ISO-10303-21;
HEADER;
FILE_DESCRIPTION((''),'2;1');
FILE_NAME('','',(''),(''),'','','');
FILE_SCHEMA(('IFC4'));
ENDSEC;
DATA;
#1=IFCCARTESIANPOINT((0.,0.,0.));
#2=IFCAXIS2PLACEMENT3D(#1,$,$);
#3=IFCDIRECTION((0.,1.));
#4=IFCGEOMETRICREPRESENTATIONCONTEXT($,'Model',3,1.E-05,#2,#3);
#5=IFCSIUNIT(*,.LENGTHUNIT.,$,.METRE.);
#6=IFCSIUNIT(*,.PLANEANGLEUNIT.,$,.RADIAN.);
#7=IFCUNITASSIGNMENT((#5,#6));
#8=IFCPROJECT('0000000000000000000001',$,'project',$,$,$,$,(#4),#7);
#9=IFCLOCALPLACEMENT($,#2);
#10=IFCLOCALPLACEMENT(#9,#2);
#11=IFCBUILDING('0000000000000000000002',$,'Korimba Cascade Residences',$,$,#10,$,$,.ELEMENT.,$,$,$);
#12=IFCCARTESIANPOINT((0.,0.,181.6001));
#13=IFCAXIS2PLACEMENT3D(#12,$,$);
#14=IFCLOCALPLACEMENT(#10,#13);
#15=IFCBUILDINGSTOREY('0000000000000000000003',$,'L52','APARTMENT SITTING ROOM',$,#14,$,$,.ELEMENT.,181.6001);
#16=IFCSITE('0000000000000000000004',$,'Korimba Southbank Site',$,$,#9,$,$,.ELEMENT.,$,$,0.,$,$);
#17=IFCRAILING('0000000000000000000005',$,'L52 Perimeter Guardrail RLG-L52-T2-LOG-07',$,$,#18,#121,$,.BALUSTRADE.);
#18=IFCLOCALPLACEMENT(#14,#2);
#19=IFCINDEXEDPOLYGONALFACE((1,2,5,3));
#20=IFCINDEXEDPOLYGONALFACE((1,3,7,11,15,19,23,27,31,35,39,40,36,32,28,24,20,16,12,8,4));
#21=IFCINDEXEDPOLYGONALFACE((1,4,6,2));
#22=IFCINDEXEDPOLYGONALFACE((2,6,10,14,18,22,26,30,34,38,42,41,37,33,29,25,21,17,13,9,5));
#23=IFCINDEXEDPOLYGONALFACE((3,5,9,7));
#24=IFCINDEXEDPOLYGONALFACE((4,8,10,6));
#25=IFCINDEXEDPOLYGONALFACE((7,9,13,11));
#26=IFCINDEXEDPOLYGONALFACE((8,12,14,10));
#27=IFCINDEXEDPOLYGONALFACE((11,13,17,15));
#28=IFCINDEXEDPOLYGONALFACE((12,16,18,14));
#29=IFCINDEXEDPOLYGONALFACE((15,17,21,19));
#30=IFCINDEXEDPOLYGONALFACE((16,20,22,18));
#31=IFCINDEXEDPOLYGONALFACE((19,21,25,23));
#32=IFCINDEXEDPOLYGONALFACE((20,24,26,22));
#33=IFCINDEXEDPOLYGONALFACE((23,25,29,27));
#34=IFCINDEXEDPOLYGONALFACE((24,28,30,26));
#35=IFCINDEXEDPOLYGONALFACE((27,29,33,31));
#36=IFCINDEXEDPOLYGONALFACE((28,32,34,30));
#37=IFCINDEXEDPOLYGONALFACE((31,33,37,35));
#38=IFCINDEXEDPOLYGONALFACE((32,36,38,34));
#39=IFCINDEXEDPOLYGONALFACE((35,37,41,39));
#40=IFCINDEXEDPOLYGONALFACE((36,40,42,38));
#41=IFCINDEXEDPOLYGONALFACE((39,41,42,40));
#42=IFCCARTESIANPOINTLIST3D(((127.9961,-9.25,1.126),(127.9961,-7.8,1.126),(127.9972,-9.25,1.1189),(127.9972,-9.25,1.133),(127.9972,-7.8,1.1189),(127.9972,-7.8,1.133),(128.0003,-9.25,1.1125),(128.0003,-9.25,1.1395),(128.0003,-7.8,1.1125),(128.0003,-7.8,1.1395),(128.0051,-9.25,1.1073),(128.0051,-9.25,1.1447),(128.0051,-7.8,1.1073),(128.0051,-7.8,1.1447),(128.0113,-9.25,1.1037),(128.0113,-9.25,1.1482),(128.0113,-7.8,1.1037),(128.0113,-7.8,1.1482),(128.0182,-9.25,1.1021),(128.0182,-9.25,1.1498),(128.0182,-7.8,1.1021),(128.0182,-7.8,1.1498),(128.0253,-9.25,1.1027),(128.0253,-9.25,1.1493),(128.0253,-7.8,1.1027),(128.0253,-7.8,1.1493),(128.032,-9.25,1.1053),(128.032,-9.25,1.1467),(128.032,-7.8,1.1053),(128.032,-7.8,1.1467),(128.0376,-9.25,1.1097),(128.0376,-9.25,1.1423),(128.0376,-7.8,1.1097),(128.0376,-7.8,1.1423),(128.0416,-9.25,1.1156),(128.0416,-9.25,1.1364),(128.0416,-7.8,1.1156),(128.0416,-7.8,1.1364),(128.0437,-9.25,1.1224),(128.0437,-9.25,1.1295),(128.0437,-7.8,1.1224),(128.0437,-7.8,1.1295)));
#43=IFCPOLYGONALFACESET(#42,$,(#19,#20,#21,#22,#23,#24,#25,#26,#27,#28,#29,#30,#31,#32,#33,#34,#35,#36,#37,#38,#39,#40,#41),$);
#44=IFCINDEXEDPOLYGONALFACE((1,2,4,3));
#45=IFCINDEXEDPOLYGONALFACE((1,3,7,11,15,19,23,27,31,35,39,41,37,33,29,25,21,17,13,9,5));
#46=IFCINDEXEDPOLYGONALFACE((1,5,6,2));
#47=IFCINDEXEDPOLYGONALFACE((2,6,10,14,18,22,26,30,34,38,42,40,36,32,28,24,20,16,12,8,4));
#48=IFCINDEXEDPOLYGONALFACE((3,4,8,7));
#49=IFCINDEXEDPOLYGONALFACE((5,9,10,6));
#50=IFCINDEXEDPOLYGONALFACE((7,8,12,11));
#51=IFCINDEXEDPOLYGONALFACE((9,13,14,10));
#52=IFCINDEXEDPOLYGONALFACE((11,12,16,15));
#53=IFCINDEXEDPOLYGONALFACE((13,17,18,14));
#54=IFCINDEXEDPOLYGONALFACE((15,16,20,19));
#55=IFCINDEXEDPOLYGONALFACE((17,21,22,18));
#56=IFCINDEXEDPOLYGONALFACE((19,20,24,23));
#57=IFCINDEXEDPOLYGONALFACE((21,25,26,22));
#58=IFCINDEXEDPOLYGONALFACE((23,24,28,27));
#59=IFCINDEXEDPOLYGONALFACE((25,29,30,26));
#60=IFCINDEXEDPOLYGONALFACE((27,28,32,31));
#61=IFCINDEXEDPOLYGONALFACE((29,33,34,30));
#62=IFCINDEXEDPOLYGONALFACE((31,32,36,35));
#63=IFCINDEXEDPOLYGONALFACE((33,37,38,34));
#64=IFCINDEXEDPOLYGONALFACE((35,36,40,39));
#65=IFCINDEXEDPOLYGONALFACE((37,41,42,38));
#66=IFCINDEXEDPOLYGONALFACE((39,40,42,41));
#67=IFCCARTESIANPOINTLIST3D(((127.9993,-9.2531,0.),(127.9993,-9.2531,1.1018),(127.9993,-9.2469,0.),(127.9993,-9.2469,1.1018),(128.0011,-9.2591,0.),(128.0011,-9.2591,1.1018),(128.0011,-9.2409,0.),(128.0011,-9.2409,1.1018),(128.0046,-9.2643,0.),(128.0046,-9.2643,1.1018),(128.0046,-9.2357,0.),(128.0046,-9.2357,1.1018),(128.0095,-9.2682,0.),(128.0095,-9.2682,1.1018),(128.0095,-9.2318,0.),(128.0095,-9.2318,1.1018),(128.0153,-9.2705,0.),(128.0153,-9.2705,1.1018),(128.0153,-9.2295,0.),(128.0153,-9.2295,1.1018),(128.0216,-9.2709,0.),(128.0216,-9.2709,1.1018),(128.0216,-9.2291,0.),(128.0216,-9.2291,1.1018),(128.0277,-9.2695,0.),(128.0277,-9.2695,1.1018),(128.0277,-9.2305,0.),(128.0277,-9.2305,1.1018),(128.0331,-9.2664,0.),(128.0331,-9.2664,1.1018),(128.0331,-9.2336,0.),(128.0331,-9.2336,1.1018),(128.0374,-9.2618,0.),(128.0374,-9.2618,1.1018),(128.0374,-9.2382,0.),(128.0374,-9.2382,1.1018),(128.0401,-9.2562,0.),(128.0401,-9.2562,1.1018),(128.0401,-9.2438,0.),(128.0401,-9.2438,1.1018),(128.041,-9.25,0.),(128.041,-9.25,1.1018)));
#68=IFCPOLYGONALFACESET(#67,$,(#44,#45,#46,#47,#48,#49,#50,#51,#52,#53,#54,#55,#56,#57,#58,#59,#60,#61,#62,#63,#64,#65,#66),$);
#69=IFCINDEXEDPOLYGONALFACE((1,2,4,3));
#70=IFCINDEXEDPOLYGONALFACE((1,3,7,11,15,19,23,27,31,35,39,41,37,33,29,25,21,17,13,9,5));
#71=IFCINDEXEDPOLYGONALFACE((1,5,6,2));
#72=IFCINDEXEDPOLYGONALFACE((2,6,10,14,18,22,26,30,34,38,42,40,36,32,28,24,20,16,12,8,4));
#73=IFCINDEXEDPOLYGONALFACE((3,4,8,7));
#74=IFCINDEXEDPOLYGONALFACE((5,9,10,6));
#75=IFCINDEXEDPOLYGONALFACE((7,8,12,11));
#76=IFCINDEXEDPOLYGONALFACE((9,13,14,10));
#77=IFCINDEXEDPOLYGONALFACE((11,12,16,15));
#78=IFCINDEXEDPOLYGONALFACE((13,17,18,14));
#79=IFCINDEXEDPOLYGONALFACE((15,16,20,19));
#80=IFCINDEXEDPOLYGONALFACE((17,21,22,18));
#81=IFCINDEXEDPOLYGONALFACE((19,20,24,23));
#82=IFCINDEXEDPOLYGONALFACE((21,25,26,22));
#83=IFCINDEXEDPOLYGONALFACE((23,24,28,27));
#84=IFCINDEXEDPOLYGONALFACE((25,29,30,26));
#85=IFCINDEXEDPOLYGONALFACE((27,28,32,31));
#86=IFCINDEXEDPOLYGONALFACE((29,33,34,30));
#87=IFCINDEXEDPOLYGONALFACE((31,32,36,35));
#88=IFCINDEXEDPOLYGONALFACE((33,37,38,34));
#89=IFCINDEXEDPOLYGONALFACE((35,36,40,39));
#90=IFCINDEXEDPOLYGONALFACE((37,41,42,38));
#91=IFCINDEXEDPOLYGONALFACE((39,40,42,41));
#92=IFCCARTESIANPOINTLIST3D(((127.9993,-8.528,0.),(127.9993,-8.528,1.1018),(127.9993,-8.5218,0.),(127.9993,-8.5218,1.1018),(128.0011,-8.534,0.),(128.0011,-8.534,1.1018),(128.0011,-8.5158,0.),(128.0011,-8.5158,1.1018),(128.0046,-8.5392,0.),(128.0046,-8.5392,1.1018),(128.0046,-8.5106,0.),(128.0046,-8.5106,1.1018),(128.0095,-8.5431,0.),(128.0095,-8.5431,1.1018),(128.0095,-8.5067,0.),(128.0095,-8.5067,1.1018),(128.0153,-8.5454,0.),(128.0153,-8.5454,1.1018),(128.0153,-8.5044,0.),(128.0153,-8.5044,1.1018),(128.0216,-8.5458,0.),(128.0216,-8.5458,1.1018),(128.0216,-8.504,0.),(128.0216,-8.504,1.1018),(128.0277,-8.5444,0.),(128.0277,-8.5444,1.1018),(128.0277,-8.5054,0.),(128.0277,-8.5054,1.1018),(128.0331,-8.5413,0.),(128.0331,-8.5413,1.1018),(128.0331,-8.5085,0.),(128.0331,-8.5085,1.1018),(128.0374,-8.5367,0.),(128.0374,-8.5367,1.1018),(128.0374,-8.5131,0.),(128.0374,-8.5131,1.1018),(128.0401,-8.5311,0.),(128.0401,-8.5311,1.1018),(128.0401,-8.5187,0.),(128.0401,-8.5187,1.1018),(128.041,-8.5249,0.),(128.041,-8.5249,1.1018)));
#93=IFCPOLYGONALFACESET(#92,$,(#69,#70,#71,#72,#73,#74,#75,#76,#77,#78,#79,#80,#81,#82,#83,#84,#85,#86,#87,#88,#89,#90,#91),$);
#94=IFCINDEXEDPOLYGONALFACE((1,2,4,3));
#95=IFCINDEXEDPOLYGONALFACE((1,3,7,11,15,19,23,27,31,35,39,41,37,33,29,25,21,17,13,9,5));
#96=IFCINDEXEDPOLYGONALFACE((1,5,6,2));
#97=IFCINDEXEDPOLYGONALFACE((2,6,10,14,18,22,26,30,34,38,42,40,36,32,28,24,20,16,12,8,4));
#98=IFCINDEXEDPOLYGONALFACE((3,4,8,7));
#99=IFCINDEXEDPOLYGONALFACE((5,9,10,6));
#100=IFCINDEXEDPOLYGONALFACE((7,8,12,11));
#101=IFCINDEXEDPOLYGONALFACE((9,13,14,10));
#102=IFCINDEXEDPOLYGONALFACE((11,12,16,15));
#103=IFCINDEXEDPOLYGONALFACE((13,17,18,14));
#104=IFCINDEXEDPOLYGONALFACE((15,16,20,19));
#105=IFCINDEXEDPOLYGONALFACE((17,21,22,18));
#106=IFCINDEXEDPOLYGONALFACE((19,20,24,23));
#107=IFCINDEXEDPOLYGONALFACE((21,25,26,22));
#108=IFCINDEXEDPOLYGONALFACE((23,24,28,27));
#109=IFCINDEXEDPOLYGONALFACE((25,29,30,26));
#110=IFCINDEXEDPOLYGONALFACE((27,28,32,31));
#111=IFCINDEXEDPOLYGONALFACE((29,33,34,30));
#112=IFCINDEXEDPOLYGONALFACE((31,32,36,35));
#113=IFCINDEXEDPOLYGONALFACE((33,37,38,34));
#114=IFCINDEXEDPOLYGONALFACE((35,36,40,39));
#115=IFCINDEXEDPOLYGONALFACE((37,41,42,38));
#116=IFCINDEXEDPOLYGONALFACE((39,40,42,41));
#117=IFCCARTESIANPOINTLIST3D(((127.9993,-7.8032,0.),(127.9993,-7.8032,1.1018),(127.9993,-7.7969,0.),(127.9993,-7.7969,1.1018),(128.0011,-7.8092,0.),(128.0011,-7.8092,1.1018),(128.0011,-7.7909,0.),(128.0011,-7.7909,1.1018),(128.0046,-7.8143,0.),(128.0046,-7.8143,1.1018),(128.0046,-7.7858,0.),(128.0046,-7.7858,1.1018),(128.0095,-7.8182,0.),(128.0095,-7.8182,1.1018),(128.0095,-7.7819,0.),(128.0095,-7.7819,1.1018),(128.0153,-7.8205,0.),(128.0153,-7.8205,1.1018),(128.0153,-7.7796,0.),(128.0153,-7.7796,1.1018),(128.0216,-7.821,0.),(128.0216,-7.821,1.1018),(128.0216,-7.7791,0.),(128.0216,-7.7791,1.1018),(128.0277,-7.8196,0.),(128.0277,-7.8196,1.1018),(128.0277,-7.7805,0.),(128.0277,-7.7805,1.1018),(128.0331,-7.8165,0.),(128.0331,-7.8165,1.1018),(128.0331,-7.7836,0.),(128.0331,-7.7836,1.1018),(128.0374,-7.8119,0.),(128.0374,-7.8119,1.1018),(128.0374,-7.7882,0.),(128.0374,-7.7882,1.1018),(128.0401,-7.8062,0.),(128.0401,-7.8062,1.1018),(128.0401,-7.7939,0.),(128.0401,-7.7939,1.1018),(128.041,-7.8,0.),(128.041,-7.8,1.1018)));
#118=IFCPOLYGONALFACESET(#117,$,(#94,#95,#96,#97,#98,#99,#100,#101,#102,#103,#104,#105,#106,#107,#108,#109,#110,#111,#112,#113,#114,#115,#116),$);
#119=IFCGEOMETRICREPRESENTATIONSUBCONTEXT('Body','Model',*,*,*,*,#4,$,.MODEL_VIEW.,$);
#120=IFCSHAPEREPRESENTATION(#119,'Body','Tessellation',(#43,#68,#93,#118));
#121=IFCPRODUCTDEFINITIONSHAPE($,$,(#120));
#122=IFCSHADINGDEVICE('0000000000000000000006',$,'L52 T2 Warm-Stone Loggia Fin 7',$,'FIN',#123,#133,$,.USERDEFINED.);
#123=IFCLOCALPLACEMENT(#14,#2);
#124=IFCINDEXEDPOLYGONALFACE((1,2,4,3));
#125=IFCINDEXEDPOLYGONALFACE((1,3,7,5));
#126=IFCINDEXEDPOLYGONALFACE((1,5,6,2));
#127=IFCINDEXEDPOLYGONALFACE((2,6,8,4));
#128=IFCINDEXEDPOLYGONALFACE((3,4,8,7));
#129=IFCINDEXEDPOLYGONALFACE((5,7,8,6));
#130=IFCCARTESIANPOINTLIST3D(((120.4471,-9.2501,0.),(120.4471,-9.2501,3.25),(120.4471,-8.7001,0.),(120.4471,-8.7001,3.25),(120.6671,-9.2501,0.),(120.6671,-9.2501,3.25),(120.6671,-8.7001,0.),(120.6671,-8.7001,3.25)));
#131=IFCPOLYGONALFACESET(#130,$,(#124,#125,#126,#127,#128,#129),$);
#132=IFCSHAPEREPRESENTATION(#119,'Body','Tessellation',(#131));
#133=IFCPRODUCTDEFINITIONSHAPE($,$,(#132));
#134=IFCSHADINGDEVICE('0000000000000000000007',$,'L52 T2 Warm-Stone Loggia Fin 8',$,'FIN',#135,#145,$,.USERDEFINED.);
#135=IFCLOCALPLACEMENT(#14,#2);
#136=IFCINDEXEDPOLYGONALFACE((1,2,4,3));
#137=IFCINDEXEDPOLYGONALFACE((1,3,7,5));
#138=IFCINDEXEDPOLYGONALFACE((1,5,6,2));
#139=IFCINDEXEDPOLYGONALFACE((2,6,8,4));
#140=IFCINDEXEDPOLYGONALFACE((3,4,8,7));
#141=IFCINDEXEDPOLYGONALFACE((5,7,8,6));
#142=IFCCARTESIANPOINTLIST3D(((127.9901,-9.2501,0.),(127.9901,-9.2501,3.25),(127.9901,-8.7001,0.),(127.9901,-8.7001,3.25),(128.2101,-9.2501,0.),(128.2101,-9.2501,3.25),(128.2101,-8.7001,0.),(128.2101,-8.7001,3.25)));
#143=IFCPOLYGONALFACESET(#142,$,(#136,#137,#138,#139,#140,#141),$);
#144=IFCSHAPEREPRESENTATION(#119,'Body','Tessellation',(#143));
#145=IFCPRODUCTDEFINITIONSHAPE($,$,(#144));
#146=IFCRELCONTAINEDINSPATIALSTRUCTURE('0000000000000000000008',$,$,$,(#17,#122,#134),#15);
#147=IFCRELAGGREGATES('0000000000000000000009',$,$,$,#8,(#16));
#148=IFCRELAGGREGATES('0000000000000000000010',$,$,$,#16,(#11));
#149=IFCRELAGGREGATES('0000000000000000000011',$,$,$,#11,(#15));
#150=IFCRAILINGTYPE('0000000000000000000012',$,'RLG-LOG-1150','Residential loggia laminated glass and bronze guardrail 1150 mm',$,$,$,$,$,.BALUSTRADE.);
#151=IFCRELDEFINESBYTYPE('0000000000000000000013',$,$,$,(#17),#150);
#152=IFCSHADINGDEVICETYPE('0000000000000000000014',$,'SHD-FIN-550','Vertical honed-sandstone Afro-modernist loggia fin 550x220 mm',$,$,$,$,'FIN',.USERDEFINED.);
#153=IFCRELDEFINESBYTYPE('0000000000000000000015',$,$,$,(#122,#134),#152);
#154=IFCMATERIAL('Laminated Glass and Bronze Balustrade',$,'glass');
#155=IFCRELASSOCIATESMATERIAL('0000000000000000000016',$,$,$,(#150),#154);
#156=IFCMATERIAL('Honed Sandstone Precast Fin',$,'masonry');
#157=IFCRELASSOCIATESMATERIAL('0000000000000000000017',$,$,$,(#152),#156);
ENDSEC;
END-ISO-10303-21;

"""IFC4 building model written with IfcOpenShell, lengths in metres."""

from ifc_helpers import new_model, si_unit, direction, frame, origin, origin_2d, place, context, subcontext, project, spatial, rectangle, circle, extrude, material, type_object, element, save


model = new_model("IFC4")

# Units and contexts
model_context = context("Model", 3, precision=1e-05, world=origin(), true_north=direction((0.0, 1.0)))
body_context = subcontext(model_context, "Body", "Model", "MODEL_VIEW")
ifc_project = project(units=[si_unit("LENGTHUNIT", "METRE"), si_unit("PLANEANGLEUNIT", "RADIAN")], contexts=[model_context])

# Site, building, storey
site_placement = place(None, origin())
site = spatial("IfcSite", under=ifc_project, at=site_placement, Name="Korimba Southbank Site", CompositionType="ELEMENT", RefElevation=0.0)
building_placement = place(site_placement, origin())
building = spatial("IfcBuilding", under=site, at=building_placement, Name="Korimba Cascade Residences", CompositionType="ELEMENT")
storey_placement = place(building_placement, frame((0.0, 0.0, 181.6001)))
storey = spatial("IfcBuildingStorey", under=building, at=storey_placement, Name="L52", Description="APARTMENT SITTING ROOM", CompositionType="ELEMENT", Elevation=181.6001)

# Railing
ifc_material_1 = material(Name="Laminated Glass and Bronze Balustrade", Category="glass")
railing_type = type_object("IfcRailingType", Name="RLG-LOG-1150", Description="Residential loggia laminated glass and bronze guardrail 1150 mm", PredefinedType="BALUSTRADE", material=ifc_material_1)
railing_placement = place(storey_placement, frame((128.02, -9.25, 0.0)))
element("IfcRailing", 1, at=railing_placement, inside=storey, type_object=railing_type, Name="L52 Perimeter Guardrail RLG-L52-T2-LOG-07", PredefinedType="BALUSTRADE", context=body_context, shape_type="SweptSolid", body=[
    extrude(circle(Radius=0.0239, at=origin_2d()), frame((0.0, 0.0, 1.126), z_axis=(0.0, 1.0, 0.0), x_axis=(-1.0, 0.0, 0.0)), (0.0, 0.0, 1.0), 1.45),
    extrude(circle(Radius=0.021, at=origin_2d()), origin(), (0.0, 0.0, 1.0), 1.1018),
    extrude(circle(Radius=0.021, at=origin_2d()), frame((0.0, 0.7251, 0.0)), (0.0, 0.0, 1.0), 1.1018),
    extrude(circle(Radius=0.021, at=origin_2d()), frame((0.0, 1.45, 0.0)), (0.0, 0.0, 1.0), 1.1018),
])

# Shading devices
ifc_material_2 = material(Name="Honed Sandstone Precast Fin", Category="masonry")
shading_device_type = type_object("IfcShadingDeviceType", Name="SHD-FIN-550", Description="Vertical honed-sandstone Afro-modernist loggia fin 550x220 mm", ElementType="FIN", PredefinedType="USERDEFINED", material=ifc_material_2)
for number, where, z_axis, x_axis, name in (
    (2, (120.5571, -8.9751, 0.0), (0.0, 0.0, 1.0), (1.0, 0.0, 0.0), "L52 T2 Warm-Stone Loggia Fin 7"),
    (3, (128.1001, -8.9751, 0.0), (0.0, 0.0, 1.0), (1.0, 0.0, 0.0), "L52 T2 Warm-Stone Loggia Fin 8"),
):
    element("IfcShadingDevice", number, at=place(storey_placement, frame(where, z_axis=z_axis, x_axis=x_axis)), inside=storey, type_object=shading_device_type, Name=name, ObjectType="FIN", PredefinedType="USERDEFINED", context=body_context, shape_type="SweptSolid", body=[
        extrude(rectangle(XDim=0.22, YDim=0.55, at=origin_2d()), origin(), (0.0, 0.0, 1.0), 3.25),
    ])

save(model, "model.ifc")
